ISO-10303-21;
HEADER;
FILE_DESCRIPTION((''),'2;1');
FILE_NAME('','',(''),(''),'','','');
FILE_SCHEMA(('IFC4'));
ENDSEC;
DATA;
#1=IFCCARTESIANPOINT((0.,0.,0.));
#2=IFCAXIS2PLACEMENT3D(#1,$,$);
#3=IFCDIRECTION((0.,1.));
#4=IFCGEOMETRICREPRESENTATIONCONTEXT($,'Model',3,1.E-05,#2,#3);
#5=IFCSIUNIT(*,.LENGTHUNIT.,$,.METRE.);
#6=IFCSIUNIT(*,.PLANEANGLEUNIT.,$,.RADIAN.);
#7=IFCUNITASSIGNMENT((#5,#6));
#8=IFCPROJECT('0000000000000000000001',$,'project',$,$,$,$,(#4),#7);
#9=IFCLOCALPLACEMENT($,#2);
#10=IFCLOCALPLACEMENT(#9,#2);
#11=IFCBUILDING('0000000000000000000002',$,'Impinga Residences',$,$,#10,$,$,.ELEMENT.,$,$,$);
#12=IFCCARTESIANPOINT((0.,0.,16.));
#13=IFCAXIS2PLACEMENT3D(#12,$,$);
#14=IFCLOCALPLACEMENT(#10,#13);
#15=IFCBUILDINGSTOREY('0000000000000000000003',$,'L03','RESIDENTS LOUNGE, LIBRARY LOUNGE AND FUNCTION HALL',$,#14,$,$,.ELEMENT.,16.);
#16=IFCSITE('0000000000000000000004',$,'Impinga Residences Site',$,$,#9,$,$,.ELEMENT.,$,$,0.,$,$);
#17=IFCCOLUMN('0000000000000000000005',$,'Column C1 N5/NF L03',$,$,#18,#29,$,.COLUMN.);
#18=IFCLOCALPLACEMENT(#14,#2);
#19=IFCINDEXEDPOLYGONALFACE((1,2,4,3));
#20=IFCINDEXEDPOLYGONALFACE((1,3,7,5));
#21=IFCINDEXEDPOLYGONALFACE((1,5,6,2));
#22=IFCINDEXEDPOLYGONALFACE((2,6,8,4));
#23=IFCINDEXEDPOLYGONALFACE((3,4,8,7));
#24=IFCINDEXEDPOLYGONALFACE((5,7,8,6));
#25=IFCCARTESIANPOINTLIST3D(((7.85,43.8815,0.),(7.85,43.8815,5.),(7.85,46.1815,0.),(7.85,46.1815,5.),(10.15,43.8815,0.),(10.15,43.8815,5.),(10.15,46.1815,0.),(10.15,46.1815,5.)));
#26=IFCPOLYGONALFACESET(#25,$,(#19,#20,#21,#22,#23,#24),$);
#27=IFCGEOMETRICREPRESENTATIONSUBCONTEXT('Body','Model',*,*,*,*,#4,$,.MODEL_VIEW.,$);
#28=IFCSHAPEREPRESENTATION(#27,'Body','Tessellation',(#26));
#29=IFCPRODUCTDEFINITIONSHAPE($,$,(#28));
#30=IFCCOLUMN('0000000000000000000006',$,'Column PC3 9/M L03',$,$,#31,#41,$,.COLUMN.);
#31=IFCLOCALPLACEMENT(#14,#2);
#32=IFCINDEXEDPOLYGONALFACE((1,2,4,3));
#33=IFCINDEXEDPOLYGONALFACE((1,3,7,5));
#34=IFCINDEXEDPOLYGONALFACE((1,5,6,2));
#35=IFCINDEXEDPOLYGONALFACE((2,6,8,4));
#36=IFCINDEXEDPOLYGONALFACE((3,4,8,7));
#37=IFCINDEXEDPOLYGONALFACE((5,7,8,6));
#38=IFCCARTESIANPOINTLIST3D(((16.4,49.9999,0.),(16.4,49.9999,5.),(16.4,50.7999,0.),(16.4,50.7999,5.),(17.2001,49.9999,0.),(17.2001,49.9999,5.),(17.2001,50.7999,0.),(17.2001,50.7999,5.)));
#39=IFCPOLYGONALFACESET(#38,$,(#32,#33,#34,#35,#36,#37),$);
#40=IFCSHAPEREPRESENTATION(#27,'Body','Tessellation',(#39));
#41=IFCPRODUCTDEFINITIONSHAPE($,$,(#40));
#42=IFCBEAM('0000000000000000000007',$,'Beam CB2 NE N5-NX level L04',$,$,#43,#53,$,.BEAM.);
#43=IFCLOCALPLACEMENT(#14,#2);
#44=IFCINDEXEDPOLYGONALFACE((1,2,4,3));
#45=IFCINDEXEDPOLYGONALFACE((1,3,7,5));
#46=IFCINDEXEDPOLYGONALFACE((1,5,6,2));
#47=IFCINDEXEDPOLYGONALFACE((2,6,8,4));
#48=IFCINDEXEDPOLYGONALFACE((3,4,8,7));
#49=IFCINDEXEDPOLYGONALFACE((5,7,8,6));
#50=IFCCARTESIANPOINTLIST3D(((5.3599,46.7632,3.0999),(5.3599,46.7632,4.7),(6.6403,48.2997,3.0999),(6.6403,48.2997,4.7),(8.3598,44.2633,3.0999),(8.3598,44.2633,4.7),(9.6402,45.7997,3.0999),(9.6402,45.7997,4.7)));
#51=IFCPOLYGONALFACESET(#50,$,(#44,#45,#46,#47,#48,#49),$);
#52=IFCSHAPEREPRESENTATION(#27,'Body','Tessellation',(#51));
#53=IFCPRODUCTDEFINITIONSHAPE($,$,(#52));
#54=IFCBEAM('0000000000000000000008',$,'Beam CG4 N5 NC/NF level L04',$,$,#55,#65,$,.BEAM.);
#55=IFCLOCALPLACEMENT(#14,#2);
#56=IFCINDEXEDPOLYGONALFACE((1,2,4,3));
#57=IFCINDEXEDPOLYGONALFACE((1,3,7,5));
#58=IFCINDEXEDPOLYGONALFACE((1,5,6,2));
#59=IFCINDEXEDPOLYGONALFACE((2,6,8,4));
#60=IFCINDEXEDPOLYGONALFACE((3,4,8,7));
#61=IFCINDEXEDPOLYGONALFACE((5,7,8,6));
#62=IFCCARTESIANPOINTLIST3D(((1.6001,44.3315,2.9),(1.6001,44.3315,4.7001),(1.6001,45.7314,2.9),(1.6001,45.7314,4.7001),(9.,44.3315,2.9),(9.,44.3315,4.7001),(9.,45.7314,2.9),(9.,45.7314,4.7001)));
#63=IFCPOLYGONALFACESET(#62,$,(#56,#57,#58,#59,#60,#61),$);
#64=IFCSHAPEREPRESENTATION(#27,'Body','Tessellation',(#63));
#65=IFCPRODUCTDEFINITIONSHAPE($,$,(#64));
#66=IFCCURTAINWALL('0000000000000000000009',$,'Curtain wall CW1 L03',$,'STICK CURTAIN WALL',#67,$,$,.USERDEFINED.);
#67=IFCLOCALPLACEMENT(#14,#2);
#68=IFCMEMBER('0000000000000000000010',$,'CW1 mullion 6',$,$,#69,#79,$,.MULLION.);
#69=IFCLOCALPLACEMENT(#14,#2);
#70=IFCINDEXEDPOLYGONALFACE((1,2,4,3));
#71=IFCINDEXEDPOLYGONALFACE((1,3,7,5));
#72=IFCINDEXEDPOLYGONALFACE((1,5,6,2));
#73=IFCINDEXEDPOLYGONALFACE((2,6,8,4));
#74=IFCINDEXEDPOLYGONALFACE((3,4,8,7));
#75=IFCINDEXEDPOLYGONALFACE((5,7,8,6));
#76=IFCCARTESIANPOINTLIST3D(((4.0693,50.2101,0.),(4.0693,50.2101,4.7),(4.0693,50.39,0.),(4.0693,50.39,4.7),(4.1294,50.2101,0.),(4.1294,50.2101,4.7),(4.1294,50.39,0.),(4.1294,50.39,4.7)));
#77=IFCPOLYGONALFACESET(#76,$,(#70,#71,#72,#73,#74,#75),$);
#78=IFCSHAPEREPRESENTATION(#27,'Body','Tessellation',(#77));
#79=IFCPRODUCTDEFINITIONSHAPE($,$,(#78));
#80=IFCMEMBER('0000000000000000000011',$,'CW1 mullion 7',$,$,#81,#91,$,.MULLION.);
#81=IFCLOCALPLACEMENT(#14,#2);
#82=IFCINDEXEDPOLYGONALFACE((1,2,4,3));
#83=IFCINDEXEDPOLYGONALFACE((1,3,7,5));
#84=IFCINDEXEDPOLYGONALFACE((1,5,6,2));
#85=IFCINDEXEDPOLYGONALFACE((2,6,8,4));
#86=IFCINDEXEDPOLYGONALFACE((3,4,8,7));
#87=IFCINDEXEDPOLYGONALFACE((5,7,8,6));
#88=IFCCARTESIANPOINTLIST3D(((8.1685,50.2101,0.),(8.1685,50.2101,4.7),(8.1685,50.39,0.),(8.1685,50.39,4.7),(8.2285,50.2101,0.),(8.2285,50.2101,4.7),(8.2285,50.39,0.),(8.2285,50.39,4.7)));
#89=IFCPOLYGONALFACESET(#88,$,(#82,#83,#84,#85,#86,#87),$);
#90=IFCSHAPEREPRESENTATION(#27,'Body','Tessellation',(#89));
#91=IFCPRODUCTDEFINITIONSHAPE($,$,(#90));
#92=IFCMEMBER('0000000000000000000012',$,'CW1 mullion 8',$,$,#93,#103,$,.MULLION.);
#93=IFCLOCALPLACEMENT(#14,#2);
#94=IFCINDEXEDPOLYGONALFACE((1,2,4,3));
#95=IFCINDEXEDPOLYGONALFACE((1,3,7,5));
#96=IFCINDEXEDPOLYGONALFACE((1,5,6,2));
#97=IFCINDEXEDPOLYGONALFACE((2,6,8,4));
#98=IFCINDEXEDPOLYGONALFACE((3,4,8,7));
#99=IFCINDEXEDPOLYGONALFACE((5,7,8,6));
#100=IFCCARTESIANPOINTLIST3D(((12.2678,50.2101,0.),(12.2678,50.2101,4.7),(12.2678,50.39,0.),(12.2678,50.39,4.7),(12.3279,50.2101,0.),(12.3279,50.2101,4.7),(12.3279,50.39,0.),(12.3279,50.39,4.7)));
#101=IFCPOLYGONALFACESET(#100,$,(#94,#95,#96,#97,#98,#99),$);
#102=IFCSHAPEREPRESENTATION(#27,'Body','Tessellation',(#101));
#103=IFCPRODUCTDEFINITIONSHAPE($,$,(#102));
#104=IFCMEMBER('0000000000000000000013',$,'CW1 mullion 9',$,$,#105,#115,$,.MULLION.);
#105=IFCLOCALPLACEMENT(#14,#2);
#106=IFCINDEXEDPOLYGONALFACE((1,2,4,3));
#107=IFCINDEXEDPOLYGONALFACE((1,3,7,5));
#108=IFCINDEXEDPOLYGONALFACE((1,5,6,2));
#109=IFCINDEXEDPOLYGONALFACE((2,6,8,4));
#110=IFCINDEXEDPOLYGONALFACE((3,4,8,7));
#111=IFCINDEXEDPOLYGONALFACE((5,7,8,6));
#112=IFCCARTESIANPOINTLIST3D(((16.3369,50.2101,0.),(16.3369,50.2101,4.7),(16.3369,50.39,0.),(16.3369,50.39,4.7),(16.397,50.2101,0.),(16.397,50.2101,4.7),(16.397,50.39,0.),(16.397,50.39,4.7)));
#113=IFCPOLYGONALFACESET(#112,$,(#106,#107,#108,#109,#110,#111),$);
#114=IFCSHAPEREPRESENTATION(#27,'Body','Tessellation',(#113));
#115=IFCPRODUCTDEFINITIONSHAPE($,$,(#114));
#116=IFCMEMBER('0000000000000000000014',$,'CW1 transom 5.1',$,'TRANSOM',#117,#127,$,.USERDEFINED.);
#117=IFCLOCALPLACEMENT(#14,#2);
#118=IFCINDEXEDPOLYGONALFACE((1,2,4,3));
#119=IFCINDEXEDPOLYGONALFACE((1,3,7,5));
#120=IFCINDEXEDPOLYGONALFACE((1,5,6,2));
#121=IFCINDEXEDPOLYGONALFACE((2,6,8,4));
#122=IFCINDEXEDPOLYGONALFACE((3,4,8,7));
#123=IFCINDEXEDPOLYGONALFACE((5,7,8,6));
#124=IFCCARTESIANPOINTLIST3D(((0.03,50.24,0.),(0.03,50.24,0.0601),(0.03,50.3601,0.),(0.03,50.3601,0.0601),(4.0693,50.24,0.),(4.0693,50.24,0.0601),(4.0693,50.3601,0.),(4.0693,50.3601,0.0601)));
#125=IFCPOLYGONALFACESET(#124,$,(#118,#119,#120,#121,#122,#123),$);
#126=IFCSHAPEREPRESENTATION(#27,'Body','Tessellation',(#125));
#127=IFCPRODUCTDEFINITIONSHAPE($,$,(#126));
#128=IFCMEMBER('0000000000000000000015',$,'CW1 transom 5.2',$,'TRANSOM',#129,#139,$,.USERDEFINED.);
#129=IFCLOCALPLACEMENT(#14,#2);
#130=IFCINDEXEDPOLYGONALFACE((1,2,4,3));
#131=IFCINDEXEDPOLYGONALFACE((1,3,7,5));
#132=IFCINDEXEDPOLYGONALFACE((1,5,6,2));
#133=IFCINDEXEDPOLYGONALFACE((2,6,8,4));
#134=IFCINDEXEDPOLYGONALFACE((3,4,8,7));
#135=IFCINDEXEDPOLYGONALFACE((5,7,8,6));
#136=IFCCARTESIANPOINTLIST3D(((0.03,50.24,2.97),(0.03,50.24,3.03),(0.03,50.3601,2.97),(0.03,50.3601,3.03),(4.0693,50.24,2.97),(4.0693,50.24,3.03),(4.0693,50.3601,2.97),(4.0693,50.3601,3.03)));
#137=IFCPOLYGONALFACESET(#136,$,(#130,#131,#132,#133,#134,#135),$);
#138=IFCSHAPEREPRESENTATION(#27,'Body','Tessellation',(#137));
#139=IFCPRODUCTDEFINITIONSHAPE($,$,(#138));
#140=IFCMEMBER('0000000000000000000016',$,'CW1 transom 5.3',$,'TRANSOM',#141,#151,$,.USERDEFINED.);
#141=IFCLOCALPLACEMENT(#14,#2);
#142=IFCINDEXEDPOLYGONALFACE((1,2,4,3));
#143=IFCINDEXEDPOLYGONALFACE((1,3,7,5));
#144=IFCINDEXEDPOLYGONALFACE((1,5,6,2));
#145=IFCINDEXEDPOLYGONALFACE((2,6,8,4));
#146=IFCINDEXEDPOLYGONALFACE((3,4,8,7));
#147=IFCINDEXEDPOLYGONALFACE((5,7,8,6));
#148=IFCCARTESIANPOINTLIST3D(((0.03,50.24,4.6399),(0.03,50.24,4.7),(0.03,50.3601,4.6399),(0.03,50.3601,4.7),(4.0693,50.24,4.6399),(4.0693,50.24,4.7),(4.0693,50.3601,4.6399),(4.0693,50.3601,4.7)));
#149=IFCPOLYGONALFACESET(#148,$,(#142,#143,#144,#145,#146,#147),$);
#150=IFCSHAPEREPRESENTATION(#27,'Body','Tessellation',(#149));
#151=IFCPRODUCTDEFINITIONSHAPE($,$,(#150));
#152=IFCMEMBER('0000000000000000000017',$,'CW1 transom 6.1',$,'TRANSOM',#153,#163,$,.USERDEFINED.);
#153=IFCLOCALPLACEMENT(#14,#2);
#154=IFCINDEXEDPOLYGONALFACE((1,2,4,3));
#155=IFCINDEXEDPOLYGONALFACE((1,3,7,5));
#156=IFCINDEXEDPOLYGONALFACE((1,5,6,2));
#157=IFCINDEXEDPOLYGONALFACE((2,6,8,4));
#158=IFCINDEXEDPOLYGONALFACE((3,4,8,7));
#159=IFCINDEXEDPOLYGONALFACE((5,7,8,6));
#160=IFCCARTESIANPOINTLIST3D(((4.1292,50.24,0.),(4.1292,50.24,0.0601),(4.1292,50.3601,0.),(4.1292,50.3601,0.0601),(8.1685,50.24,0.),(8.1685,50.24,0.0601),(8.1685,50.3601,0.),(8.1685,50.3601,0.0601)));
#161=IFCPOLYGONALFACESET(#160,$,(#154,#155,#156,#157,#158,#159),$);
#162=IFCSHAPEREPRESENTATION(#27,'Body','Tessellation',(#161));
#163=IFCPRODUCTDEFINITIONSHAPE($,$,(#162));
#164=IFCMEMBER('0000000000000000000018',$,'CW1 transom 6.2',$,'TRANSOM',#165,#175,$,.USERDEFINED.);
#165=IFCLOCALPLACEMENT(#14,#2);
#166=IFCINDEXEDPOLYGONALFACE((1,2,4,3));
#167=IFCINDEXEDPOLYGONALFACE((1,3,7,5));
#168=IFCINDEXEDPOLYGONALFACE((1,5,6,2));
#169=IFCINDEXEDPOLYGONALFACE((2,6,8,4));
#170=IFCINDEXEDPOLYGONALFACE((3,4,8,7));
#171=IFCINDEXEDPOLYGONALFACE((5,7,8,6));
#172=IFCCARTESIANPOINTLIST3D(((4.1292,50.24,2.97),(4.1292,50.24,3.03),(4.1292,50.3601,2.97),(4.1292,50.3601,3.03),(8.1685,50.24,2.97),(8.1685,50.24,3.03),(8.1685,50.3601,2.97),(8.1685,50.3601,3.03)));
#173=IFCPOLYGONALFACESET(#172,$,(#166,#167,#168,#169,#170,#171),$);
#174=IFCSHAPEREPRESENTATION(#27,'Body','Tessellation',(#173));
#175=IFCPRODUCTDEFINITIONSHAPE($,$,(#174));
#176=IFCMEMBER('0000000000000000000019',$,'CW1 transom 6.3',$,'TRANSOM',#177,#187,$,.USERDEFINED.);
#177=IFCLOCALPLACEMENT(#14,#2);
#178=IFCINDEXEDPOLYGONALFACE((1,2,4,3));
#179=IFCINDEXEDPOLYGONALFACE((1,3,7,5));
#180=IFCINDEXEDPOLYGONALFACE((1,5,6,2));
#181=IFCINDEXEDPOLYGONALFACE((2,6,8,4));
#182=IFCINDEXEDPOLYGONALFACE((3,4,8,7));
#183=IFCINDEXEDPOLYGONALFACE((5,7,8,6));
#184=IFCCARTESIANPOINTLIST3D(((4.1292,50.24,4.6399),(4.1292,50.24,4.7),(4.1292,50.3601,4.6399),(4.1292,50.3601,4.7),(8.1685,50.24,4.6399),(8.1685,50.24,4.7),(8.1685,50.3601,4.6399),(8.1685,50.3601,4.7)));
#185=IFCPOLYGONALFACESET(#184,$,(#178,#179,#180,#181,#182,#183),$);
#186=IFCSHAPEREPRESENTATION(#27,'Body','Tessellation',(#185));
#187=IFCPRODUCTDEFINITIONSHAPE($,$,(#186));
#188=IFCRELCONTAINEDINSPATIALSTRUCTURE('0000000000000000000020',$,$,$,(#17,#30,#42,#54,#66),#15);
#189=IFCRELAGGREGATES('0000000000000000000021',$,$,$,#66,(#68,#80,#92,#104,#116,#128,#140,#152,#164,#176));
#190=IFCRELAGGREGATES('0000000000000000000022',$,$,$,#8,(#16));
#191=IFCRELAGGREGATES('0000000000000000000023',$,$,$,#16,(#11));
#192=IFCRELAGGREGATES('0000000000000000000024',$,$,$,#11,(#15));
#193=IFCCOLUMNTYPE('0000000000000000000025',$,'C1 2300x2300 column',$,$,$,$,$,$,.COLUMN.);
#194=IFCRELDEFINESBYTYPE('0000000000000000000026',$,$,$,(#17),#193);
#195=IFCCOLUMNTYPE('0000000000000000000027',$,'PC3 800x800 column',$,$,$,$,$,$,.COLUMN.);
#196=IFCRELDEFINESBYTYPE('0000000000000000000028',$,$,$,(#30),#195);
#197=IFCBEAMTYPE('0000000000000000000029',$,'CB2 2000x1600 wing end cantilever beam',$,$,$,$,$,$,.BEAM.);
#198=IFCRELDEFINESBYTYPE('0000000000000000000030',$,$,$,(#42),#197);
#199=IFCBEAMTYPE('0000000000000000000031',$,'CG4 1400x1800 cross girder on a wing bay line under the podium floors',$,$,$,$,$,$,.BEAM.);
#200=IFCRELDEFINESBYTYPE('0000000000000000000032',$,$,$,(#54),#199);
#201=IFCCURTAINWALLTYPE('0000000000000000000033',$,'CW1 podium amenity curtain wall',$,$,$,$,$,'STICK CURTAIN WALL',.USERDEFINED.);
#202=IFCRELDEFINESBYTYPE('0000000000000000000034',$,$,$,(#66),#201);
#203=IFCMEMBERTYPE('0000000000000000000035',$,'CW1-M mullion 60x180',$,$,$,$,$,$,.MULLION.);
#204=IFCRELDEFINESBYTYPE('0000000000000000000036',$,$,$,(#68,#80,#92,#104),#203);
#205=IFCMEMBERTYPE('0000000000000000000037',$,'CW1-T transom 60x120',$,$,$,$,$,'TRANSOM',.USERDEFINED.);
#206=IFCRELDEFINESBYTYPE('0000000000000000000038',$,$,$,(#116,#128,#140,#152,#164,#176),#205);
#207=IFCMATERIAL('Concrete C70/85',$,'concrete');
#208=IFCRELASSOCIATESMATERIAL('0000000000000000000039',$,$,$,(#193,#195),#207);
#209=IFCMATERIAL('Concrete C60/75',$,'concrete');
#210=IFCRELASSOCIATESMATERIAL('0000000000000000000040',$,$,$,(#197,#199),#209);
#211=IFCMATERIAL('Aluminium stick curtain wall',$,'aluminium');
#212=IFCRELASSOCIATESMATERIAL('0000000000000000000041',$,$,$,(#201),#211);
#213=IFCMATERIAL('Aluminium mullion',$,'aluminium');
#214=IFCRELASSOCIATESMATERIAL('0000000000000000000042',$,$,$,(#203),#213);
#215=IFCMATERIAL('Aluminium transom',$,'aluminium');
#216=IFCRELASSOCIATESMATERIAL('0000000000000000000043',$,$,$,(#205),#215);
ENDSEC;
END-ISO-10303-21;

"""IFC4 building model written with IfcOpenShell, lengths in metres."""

from ifc_helpers import new_model, si_unit, direction, frame, origin, origin_2d, place, context, subcontext, project, spatial, rectangle, extrude, material, material_profile, profile_set, type_object, element, aggregate, save


model = new_model("IFC4")

# Units and contexts
model_context = context("Model", 3, precision=1e-05, world=origin(), true_north=direction((0.0, 1.0)))
body_context = subcontext(model_context, "Body", "Model", "MODEL_VIEW")
ifc_project = project(units=[si_unit("LENGTHUNIT", "METRE"), si_unit("PLANEANGLEUNIT", "RADIAN")], contexts=[model_context])

# Site, building, storey
site_placement = place(None, origin())
site = spatial("IfcSite", under=ifc_project, at=site_placement, Name="Impinga Residences Site", CompositionType="ELEMENT", RefElevation=0.0)
building_placement = place(site_placement, origin())
building = spatial("IfcBuilding", under=site, at=building_placement, Name="Impinga Residences", CompositionType="ELEMENT")
storey_placement = place(building_placement, frame((0.0, 0.0, 16.0)))
storey = spatial("IfcBuildingStorey", under=building, at=storey_placement, Name="L03", Description="RESIDENTS LOUNGE, LIBRARY LOUNGE AND FUNCTION HALL", CompositionType="ELEMENT", Elevation=16.0)

# Columns
ifc_material_1 = material(Name="Concrete C70/85", Category="concrete")
ifc_material_profile_1 = material_profile(ifc_material_1, rectangle(XDim=2.3, YDim=2.3, at=origin_2d()), Name="RC 2300x2300")
ifc_profile_set_1 = profile_set([ifc_material_profile_1], Name="Concrete C70/85")
column_type_1 = type_object("IfcColumnType", Name="C1 2300x2300 column", PredefinedType="COLUMN", material=ifc_profile_set_1)
column_1_placement = place(storey_placement, frame((9.0, 45.0315, 0.0), z_axis=(0.0, 0.0, 1.0), x_axis=(1.0, 0.0, 0.0)))
element("IfcColumn", 1, at=column_1_placement, inside=storey, type_object=column_type_1, Name="Column C1 N5/NF L03", PredefinedType="COLUMN", context=body_context, shape_type="SweptSolid", body=[
    extrude(rectangle(XDim=2.3, YDim=2.3, at=origin_2d()), origin(), (0.0, 0.0, 1.0), 5.0),
])
ifc_material_profile_2 = material_profile(ifc_material_1, rectangle(XDim=0.8, YDim=0.8, at=origin_2d()), Name="RC 800x800")
ifc_profile_set_2 = profile_set([ifc_material_profile_2], Name="Concrete C70/85")
column_type_2 = type_object("IfcColumnType", Name="PC3 800x800 column", PredefinedType="COLUMN", material=ifc_profile_set_2)
column_2_placement = place(storey_placement, frame((16.8, 50.3999, 0.0), z_axis=(0.0, 0.0, 1.0), x_axis=(1.0, 0.0, 0.0)))
element("IfcColumn", 2, at=column_2_placement, inside=storey, type_object=column_type_2, Name="Column PC3 9/M L03", PredefinedType="COLUMN", context=body_context, shape_type="SweptSolid", body=[
    extrude(rectangle(XDim=0.8, YDim=0.8, at=origin_2d()), origin(), (0.0, 0.0, 1.0), 5.0),
])

# Beams
ifc_material_2 = material(Name="Concrete C60/75", Category="concrete")
ifc_material_profile_3 = material_profile(ifc_material_2, rectangle(XDim=2.0, YDim=1.6001, at=origin_2d()), Name="RC 2000x1600")
ifc_profile_set_3 = profile_set([ifc_material_profile_3], Name="Concrete C60/75")
beam_type_1 = type_object("IfcBeamType", Name="CB2 2000x1600 wing end cantilever beam", PredefinedType="BEAM", material=ifc_profile_set_3)
beam_1_placement = place(storey_placement, frame((9.0, 45.0315, 3.8999), z_axis=(-0.768221, 0.640184, 0.0), x_axis=(-0.640184, -0.768221, 0.0)))
element("IfcBeam", 3, at=beam_1_placement, inside=storey, type_object=beam_type_1, Name="Beam CB2 NE N5-NX level L04", PredefinedType="BEAM", context=body_context, shape_type="SweptSolid", body=[
    extrude(rectangle(XDim=2.0, YDim=1.6001, at=origin_2d()), origin(), (0.0, 0.0, 1.0), 3.905),
])
ifc_material_profile_4 = material_profile(ifc_material_2, rectangle(XDim=1.3999, YDim=1.8, at=origin_2d()), Name="RC 1400x1800")
ifc_profile_set_4 = profile_set([ifc_material_profile_4], Name="Concrete C60/75")
beam_type_2 = type_object("IfcBeamType", Name="CG4 1400x1800 cross girder on a wing bay line under the podium floors", PredefinedType="BEAM", material=ifc_profile_set_4)
beam_2_placement = place(storey_placement, frame((1.6001, 45.0315, 3.8), z_axis=(1.0, 0.0, 0.0), x_axis=(0.0, 1.0, 0.0)))
element("IfcBeam", 4, at=beam_2_placement, inside=storey, type_object=beam_type_2, Name="Beam CG4 N5 NC/NF level L04", PredefinedType="BEAM", context=body_context, shape_type="SweptSolid", body=[
    extrude(rectangle(XDim=1.3999, YDim=1.8, at=origin_2d()), origin(), (0.0, 0.0, 1.0), 7.3999),
])

# Curtain wall, members
ifc_material_3 = material(Name="Aluminium stick curtain wall", Category="aluminium")
curtain_wall_type = type_object("IfcCurtainWallType", Name="CW1 podium amenity curtain wall", ElementType="STICK CURTAIN WALL", PredefinedType="USERDEFINED", material=ifc_material_3)
curtain_wall_placement = place(storey_placement, origin())
curtain_wall = element("IfcCurtainWall", 5, at=curtain_wall_placement, inside=storey, type_object=curtain_wall_type, Name="Curtain wall CW1 L03", ObjectType="STICK CURTAIN WALL", PredefinedType="USERDEFINED")
ifc_material_4 = material(Name="Aluminium mullion", Category="aluminium")
ifc_material_profile_5 = material_profile(ifc_material_4, rectangle(XDim=0.0601, YDim=0.1799, at=origin_2d()), Name="60x180 mullion")
ifc_profile_set_5 = profile_set([ifc_material_profile_5], Name="Aluminium mullion")
member_type_1 = type_object("IfcMemberType", Name="CW1-M mullion 60x180", PredefinedType="MULLION", material=ifc_profile_set_5)
member_1_placement = place(storey_placement, frame((4.0994, 50.3, 0.0), z_axis=(0.0, 0.0, 1.0), x_axis=(1.0, 0.0, 0.0)))
member_1 = element("IfcMember", 6, at=member_1_placement, type_object=member_type_1, Name="CW1 mullion 6", PredefinedType="MULLION", context=body_context, shape_type="SweptSolid", body=[
    extrude(rectangle(XDim=0.0601, YDim=0.1799, at=origin_2d()), origin(), (0.0, 0.0, 1.0), 4.7),
])
member_2_placement = place(storey_placement, frame((8.1985, 50.3, 0.0), z_axis=(0.0, 0.0, 1.0), x_axis=(1.0, 0.0, 0.0)))
member_2 = element("IfcMember", 7, at=member_2_placement, type_object=member_type_1, Name="CW1 mullion 7", PredefinedType="MULLION", context=body_context, shape_type="SweptSolid", body=[
    extrude(rectangle(XDim=0.0601, YDim=0.1799, at=origin_2d()), origin(), (0.0, 0.0, 1.0), 4.7),
])
member_3_placement = place(storey_placement, frame((12.2979, 50.3, 0.0), z_axis=(0.0, 0.0, 1.0), x_axis=(1.0, 0.0, 0.0)))
member_3 = element("IfcMember", 8, at=member_3_placement, type_object=member_type_1, Name="CW1 mullion 8", PredefinedType="MULLION", context=body_context, shape_type="SweptSolid", body=[
    extrude(rectangle(XDim=0.0601, YDim=0.1799, at=origin_2d()), origin(), (0.0, 0.0, 1.0), 4.7),
])
member_4_placement = place(storey_placement, frame((16.3669, 50.3, 0.0), z_axis=(0.0, 0.0, 1.0), x_axis=(1.0, 0.0, 0.0)))
member_4 = element("IfcMember", 9, at=member_4_placement, type_object=member_type_1, Name="CW1 mullion 9", PredefinedType="MULLION", context=body_context, shape_type="SweptSolid", body=[
    extrude(rectangle(XDim=0.0601, YDim=0.1799, at=origin_2d()), origin(), (0.0, 0.0, 1.0), 4.7),
])
ifc_material_5 = material(Name="Aluminium transom", Category="aluminium")
ifc_material_profile_6 = material_profile(ifc_material_5, rectangle(XDim=0.0601, YDim=0.1201, at=origin_2d()), Name="60x120 transom")
ifc_profile_set_6 = profile_set([ifc_material_profile_6], Name="Aluminium transom")
member_type_2 = type_object("IfcMemberType", Name="CW1-T transom 60x120", ElementType="TRANSOM", PredefinedType="USERDEFINED", material=ifc_profile_set_6)
member_5_placement = place(storey_placement, frame((0.03, 50.3, 0.03), z_axis=(1.0, 0.0, 0.0), x_axis=(0.0, 0.0, 1.0)))
member_5 = element("IfcMember", 10, at=member_5_placement, type_object=member_type_2, Name="CW1 transom 5.1", ObjectType="TRANSOM", PredefinedType="USERDEFINED", context=body_context, shape_type="SweptSolid", body=[
    extrude(rectangle(XDim=0.0601, YDim=0.1201, at=origin_2d()), origin(), (0.0, 0.0, 1.0), 4.0393),
])
member_6_placement = place(storey_placement, frame((0.03, 50.3, 3.0), z_axis=(1.0, 0.0, 0.0), x_axis=(0.0, 0.0, 1.0)))
member_6 = element("IfcMember", 11, at=member_6_placement, type_object=member_type_2, Name="CW1 transom 5.2", ObjectType="TRANSOM", PredefinedType="USERDEFINED", context=body_context, shape_type="SweptSolid", body=[
    extrude(rectangle(XDim=0.0601, YDim=0.1201, at=origin_2d()), origin(), (0.0, 0.0, 1.0), 4.0393),
])
member_7_placement = place(storey_placement, frame((0.03, 50.3, 4.6699), z_axis=(1.0, 0.0, 0.0), x_axis=(0.0, 0.0, 1.0)))
member_7 = element("IfcMember", 12, at=member_7_placement, type_object=member_type_2, Name="CW1 transom 5.3", ObjectType="TRANSOM", PredefinedType="USERDEFINED", context=body_context, shape_type="SweptSolid", body=[
    extrude(rectangle(XDim=0.0601, YDim=0.1201, at=origin_2d()), origin(), (0.0, 0.0, 1.0), 4.0393),
])
member_8_placement = place(storey_placement, frame((4.1292, 50.3, 0.03), z_axis=(1.0, 0.0, 0.0), x_axis=(0.0, 0.0, 1.0)))
member_8 = element("IfcMember", 13, at=member_8_placement, type_object=member_type_2, Name="CW1 transom 6.1", ObjectType="TRANSOM", PredefinedType="USERDEFINED", context=body_context, shape_type="SweptSolid", body=[
    extrude(rectangle(XDim=0.0601, YDim=0.1201, at=origin_2d()), origin(), (0.0, 0.0, 1.0), 4.0393),
])
member_9_placement = place(storey_placement, frame((4.1292, 50.3, 3.0), z_axis=(1.0, 0.0, 0.0), x_axis=(0.0, 0.0, 1.0)))
member_9 = element("IfcMember", 14, at=member_9_placement, type_object=member_type_2, Name="CW1 transom 6.2", ObjectType="TRANSOM", PredefinedType="USERDEFINED", context=body_context, shape_type="SweptSolid", body=[
    extrude(rectangle(XDim=0.0601, YDim=0.1201, at=origin_2d()), origin(), (0.0, 0.0, 1.0), 4.0393),
])
member_10_placement = place(storey_placement, frame((4.1292, 50.3, 4.6699), z_axis=(1.0, 0.0, 0.0), x_axis=(0.0, 0.0, 1.0)))
member_10 = element("IfcMember", 15, at=member_10_placement, type_object=member_type_2, Name="CW1 transom 6.3", ObjectType="TRANSOM", PredefinedType="USERDEFINED", context=body_context, shape_type="SweptSolid", body=[
    extrude(rectangle(XDim=0.0601, YDim=0.1201, at=origin_2d()), origin(), (0.0, 0.0, 1.0), 4.0393),
])

aggregate(curtain_wall, [member_1, member_2, member_3, member_4, member_5, member_6, member_7, member_8, member_9, member_10])

save(model, "model.ifc")
